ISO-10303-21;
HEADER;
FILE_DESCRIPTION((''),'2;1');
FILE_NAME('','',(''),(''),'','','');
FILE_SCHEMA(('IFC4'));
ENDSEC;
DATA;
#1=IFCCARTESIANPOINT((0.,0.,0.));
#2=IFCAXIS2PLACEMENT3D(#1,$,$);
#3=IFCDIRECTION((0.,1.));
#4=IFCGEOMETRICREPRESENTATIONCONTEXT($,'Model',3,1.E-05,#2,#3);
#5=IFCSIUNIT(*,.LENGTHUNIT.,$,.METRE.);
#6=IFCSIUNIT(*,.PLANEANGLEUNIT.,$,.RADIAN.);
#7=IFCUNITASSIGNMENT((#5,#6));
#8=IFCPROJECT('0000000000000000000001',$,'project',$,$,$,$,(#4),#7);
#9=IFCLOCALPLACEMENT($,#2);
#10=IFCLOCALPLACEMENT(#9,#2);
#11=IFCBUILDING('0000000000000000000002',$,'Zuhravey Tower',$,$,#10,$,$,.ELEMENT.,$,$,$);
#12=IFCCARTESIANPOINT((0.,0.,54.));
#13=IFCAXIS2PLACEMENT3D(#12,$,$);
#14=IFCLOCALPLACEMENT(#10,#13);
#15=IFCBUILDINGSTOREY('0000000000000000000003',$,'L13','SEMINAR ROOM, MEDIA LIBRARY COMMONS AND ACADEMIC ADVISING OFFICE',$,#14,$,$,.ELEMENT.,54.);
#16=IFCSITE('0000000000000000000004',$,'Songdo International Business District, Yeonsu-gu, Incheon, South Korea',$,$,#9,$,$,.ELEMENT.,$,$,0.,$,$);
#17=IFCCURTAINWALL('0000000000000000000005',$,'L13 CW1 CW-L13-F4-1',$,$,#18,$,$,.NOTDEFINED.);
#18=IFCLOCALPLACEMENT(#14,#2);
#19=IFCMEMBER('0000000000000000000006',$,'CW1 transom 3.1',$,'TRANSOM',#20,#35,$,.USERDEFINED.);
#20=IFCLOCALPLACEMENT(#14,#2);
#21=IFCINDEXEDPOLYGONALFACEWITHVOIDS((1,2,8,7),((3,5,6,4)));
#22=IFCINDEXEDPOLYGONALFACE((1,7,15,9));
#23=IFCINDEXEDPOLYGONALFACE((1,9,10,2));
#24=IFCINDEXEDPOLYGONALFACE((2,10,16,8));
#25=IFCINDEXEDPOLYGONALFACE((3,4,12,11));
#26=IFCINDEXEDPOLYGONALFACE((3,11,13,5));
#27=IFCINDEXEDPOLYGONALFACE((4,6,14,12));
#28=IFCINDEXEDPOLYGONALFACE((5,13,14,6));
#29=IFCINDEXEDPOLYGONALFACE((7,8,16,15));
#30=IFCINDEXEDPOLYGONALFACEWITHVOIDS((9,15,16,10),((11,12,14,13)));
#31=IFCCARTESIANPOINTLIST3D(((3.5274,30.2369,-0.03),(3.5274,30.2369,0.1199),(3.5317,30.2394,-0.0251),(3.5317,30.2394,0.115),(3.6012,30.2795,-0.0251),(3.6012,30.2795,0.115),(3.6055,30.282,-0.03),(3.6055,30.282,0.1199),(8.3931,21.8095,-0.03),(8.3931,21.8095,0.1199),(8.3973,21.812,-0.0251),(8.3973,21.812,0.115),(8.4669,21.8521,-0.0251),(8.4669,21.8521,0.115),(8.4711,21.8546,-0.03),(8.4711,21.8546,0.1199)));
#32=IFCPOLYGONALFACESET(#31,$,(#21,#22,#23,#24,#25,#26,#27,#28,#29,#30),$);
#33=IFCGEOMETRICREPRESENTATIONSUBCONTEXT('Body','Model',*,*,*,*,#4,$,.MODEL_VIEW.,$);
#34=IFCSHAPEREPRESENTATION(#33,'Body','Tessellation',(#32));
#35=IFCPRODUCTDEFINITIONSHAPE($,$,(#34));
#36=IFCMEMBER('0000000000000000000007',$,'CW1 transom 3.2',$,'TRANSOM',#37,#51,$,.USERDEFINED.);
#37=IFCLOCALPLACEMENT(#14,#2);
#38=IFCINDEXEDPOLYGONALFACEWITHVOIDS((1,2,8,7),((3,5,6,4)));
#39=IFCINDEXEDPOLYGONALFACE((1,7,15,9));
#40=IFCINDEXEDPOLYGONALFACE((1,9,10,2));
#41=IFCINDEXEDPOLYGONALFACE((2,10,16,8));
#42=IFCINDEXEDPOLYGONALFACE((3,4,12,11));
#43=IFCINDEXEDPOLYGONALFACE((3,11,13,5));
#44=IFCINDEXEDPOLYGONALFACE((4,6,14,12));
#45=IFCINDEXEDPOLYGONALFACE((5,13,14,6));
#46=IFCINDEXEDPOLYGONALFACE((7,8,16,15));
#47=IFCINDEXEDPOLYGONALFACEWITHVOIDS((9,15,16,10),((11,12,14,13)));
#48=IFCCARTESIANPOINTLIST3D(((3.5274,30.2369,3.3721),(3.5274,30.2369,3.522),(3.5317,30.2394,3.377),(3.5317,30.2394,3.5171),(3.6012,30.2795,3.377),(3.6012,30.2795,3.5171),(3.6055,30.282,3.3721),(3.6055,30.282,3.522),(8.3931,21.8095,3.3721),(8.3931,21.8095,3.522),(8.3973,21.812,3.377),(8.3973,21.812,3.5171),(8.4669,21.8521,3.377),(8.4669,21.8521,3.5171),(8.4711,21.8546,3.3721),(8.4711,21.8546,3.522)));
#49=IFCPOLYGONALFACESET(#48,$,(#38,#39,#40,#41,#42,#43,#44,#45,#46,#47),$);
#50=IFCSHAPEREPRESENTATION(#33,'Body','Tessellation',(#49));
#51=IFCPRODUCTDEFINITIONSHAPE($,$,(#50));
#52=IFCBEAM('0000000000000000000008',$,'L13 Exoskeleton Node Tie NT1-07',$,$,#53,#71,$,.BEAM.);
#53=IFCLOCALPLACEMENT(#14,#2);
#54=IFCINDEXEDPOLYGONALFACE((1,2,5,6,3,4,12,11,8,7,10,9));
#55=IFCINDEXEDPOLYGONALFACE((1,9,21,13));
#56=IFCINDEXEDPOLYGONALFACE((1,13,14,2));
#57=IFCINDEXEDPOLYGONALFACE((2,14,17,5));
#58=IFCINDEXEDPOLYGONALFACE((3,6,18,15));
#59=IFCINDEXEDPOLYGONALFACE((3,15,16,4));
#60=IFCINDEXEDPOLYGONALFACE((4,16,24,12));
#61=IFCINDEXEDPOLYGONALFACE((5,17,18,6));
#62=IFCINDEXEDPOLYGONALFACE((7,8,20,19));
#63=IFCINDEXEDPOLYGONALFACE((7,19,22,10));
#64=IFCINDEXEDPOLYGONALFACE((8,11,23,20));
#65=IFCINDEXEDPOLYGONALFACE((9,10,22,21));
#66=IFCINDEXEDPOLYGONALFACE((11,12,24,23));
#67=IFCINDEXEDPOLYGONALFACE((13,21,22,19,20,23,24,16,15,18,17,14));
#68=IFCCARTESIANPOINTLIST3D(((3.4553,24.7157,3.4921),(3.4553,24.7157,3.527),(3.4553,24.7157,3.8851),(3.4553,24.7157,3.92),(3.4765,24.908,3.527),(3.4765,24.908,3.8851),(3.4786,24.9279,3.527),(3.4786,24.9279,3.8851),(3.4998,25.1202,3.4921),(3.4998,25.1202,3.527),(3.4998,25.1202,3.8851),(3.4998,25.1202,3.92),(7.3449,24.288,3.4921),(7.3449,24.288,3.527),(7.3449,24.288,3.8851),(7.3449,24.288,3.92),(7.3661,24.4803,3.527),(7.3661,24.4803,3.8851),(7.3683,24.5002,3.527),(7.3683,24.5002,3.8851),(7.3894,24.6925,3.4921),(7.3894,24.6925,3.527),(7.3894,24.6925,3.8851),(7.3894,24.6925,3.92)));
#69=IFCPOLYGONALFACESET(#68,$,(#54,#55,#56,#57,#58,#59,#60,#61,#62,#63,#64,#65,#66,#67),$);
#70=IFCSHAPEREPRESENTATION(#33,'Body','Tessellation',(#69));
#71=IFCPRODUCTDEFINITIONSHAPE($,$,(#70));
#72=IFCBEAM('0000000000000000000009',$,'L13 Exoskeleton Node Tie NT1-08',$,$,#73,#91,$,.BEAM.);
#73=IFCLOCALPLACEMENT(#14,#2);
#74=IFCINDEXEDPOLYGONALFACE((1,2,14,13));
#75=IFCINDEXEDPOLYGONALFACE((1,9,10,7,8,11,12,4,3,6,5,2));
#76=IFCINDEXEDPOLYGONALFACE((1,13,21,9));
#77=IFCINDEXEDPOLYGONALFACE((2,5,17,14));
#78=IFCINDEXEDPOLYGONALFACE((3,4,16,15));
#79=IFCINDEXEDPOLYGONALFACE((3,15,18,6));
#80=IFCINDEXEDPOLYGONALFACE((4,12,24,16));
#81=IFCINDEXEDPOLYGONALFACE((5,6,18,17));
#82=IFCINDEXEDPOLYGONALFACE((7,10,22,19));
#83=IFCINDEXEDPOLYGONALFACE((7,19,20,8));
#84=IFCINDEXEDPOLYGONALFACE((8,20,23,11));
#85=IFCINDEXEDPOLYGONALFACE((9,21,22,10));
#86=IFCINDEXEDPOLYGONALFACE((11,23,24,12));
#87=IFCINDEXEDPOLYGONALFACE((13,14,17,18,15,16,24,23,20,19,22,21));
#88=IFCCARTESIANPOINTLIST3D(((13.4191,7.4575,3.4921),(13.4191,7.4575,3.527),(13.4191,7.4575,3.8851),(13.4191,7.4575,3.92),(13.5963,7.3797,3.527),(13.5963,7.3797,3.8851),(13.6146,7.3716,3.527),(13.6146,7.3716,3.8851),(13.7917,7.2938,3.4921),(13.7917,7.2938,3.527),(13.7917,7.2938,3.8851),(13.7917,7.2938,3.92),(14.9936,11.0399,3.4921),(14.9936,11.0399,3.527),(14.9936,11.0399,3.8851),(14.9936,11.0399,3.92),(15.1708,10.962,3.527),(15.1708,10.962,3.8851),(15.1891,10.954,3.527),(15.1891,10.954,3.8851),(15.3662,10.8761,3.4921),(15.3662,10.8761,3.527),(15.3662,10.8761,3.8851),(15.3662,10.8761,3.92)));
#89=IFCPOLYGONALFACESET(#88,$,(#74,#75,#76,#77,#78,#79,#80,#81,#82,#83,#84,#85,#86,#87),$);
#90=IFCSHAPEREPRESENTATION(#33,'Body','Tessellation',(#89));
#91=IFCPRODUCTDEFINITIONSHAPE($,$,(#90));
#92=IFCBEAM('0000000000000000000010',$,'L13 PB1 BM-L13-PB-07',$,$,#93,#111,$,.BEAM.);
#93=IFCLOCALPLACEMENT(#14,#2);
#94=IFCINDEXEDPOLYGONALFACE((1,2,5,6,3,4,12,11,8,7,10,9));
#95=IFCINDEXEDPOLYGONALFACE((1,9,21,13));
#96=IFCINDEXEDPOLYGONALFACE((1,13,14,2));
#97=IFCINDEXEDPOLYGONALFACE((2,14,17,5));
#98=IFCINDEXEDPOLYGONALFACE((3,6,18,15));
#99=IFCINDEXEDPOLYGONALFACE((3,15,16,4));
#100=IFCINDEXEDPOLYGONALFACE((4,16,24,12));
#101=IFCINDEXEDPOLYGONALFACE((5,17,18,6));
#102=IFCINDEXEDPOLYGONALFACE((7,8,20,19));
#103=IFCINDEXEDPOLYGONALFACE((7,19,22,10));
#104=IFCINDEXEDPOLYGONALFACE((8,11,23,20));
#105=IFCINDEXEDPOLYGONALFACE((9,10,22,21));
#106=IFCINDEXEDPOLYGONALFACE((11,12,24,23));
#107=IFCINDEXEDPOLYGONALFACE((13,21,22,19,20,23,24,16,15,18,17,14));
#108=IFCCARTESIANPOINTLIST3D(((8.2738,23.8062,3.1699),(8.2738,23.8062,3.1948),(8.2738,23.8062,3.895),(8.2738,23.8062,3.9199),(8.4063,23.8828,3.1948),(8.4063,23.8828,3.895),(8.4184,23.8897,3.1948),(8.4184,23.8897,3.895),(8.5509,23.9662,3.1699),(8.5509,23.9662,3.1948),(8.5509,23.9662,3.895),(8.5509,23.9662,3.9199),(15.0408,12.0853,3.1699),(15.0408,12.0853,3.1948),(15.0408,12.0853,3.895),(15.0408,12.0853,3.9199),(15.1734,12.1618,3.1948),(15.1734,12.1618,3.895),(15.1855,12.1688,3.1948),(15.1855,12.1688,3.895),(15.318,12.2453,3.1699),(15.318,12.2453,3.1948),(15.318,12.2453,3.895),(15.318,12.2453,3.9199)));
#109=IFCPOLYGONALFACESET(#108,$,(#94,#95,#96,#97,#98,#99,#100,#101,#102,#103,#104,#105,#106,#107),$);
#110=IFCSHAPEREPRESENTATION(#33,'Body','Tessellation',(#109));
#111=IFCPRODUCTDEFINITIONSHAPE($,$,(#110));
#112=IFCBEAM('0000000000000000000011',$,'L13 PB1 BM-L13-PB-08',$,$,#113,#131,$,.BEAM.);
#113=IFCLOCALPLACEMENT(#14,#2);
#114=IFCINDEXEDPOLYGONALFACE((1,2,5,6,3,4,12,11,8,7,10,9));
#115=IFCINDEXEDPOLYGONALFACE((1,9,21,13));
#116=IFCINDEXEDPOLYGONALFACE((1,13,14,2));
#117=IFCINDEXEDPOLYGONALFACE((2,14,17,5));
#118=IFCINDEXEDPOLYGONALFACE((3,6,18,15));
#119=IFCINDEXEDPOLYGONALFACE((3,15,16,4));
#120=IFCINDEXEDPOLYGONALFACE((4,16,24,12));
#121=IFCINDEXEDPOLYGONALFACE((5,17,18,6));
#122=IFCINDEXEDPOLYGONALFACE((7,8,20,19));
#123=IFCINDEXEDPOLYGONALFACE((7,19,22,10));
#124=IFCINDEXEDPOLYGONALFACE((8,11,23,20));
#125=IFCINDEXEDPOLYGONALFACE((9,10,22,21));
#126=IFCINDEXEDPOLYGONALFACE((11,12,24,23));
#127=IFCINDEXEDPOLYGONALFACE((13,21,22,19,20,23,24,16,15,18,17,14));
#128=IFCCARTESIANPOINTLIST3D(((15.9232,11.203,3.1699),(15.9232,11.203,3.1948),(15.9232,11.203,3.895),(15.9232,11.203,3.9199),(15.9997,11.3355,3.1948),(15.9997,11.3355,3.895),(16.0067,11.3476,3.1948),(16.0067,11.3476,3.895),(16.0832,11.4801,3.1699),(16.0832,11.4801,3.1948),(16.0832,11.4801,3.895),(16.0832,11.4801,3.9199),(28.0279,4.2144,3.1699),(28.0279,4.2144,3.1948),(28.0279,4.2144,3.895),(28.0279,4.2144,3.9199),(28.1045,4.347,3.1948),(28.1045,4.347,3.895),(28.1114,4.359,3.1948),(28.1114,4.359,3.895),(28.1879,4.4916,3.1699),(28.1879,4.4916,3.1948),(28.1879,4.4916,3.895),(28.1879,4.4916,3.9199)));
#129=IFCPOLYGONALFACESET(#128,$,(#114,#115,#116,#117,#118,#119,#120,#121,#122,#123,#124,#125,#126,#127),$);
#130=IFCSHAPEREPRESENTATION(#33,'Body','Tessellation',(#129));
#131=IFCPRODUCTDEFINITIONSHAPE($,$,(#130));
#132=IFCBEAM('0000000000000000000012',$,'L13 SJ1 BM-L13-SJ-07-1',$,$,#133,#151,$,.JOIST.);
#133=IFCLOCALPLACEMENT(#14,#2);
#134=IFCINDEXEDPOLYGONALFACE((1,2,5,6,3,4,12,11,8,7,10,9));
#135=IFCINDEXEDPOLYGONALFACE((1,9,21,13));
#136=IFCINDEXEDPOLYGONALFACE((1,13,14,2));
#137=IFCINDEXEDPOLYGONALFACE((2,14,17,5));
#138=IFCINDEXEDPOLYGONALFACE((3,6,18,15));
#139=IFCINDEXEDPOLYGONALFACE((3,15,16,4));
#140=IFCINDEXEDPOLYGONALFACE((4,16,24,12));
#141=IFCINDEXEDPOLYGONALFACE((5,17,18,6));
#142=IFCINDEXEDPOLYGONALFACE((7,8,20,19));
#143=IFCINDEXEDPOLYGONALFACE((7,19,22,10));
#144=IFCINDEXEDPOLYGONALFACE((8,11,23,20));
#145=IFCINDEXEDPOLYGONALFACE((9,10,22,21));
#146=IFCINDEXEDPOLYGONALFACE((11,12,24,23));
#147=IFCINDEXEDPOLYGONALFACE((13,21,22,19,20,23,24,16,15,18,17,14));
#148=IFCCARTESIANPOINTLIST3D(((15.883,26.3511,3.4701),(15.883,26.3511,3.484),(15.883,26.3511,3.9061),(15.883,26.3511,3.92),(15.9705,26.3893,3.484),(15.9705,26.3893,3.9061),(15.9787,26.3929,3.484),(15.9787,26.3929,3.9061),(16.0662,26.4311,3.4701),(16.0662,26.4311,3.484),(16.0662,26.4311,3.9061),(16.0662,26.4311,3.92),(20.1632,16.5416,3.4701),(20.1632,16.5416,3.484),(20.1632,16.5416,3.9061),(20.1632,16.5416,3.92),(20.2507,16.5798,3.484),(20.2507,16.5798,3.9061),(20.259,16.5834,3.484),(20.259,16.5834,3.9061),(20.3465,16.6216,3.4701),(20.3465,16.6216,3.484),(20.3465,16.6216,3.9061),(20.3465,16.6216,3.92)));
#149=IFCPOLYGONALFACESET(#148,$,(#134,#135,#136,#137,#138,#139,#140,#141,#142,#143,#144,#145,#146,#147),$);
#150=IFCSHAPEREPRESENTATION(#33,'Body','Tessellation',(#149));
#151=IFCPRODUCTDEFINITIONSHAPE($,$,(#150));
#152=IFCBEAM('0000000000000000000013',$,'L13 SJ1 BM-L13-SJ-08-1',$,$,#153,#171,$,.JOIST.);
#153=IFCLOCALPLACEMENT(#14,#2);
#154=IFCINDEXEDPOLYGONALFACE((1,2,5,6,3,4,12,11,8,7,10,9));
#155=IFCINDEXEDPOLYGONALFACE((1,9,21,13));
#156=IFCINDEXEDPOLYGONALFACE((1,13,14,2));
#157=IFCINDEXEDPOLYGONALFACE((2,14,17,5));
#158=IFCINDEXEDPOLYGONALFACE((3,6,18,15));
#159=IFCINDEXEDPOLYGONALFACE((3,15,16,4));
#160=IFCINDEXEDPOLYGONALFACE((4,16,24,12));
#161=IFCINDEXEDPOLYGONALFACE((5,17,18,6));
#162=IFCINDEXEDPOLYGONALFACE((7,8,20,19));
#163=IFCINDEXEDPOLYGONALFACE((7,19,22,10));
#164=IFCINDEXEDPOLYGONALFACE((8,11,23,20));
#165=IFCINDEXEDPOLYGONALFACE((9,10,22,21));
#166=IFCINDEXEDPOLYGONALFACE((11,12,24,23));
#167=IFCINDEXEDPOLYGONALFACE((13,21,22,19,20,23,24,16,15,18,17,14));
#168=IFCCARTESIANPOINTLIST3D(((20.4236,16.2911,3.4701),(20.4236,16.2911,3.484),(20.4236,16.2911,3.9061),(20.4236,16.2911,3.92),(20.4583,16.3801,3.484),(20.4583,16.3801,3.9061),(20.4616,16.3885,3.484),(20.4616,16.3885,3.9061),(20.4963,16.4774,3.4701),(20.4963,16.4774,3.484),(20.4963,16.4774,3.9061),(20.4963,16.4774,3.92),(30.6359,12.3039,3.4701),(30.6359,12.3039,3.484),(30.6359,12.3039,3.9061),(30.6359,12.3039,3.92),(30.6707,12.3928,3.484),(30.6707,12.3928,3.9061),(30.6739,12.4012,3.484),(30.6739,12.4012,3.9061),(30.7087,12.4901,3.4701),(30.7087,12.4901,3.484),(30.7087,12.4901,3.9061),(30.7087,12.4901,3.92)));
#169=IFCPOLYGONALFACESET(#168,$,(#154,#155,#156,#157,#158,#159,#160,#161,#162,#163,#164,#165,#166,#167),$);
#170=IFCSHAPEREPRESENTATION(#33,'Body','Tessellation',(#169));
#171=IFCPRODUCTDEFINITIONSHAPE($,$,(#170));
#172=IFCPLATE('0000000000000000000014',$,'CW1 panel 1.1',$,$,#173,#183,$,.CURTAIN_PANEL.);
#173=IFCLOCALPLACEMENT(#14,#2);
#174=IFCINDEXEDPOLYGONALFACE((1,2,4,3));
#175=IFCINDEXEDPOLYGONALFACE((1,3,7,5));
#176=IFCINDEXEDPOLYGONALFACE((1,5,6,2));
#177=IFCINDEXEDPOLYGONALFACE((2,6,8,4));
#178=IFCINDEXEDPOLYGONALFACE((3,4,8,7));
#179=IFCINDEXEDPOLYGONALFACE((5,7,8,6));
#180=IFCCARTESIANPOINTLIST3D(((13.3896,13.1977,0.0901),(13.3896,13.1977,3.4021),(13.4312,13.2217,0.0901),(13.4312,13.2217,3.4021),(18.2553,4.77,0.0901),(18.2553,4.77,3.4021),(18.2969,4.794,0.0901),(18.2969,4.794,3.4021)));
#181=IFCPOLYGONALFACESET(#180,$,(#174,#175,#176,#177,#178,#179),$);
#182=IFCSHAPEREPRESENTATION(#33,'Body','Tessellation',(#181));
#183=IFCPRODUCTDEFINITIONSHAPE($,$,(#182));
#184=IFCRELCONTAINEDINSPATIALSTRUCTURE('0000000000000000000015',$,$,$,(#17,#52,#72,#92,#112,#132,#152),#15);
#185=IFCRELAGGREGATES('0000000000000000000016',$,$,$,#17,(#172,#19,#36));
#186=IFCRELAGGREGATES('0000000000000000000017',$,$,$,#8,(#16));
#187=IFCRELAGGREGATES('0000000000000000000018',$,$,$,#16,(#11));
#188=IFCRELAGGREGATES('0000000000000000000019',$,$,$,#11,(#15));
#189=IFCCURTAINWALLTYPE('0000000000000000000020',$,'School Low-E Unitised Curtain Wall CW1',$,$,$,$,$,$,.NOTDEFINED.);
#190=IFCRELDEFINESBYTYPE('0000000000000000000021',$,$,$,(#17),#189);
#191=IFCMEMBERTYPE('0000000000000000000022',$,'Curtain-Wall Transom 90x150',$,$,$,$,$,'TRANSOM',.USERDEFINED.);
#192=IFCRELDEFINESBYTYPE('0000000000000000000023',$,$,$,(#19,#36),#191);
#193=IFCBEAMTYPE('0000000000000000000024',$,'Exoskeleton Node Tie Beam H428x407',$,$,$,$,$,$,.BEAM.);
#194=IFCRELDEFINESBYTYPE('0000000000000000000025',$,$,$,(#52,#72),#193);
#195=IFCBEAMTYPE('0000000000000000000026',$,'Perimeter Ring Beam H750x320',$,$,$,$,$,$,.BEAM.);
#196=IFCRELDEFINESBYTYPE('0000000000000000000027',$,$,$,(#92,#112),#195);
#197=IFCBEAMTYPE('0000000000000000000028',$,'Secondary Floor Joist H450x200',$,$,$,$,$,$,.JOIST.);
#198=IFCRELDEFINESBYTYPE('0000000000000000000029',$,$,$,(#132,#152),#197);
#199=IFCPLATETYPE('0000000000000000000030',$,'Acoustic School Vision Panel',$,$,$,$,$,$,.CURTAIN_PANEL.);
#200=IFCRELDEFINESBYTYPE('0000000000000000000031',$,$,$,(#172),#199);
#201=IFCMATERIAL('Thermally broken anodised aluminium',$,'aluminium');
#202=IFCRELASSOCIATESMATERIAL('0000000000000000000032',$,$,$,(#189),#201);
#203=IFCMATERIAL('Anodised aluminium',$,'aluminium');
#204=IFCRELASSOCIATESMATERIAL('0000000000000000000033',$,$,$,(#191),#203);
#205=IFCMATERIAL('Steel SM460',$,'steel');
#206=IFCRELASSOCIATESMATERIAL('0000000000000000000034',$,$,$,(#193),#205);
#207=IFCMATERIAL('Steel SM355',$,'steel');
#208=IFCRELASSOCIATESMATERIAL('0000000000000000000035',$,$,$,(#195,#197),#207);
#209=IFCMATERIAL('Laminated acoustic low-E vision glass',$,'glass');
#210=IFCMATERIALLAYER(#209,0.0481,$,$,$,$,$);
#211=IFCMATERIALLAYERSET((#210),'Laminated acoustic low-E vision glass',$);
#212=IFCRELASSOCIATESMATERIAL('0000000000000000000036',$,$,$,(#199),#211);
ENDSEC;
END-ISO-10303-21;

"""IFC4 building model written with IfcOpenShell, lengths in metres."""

from ifc_helpers import new_model, si_unit, direction, frame, origin, origin_2d, place, context, subcontext, project, spatial, rectangle, hollow_rectangle, i_section, extrude, material, layer, layer_set, material_profile, profile_set, type_object, element, aggregate, save


model = new_model("IFC4")

# Units and contexts
model_context = context("Model", 3, precision=1e-05, world=origin(), true_north=direction((0.0, 1.0)))
body_context = subcontext(model_context, "Body", "Model", "MODEL_VIEW")
ifc_project = project(units=[si_unit("LENGTHUNIT", "METRE"), si_unit("PLANEANGLEUNIT", "RADIAN")], contexts=[model_context])

# Site, building, storey
site_placement = place(None, origin())
site = spatial("IfcSite", under=ifc_project, at=site_placement, Name="Songdo International Business District, Yeonsu-gu, Incheon, South Korea", CompositionType="ELEMENT", RefElevation=0.0)
building_placement = place(site_placement, origin())
building = spatial("IfcBuilding", under=site, at=building_placement, Name="Zuhravey Tower", CompositionType="ELEMENT")
storey_placement = place(building_placement, frame((0.0, 0.0, 54.0)))
storey = spatial("IfcBuildingStorey", under=building, at=storey_placement, Name="L13", Description="SEMINAR ROOM, MEDIA LIBRARY COMMONS AND ACADEMIC ADVISING OFFICE", CompositionType="ELEMENT", Elevation=54.0)

# Shared definitions
ifc_material_1 = material(Name="Thermally broken anodised aluminium", Category="aluminium")
curtain_wall_type = type_object("IfcCurtainWallType", Name="School Low-E Unitised Curtain Wall CW1", PredefinedType="NOTDEFINED", material=ifc_material_1)
ifc_material_2 = material(Name="Anodised aluminium", Category="aluminium")

# Curtain wall, members
curtain_wall_1_placement = place(storey_placement, origin())
curtain_wall_1 = element("IfcCurtainWall", 1, at=curtain_wall_1_placement, inside=storey, type_object=curtain_wall_type, Name="L13 CW1 CW-L13-F4-1", PredefinedType="NOTDEFINED")
ifc_material_profile_1 = material_profile(ifc_material_2, hollow_rectangle(XDim=0.0901, YDim=0.1499, WallThickness=0.0049, at=origin_2d()), Name="ALU-RHS-90x150x5")
ifc_profile_set_1 = profile_set([ifc_material_profile_1], Name="Anodised aluminium")
member_type_1 = type_object("IfcMemberType", Name="Curtain-Wall Transom 90x150", ElementType="TRANSOM", PredefinedType="USERDEFINED", material=ifc_profile_set_1)
member_1_placement = place(storey_placement, frame((8.4321, 21.832, 0.0449), z_axis=(-0.500008, 0.866021, 0.0), x_axis=(-0.866021, -0.500008, 0.0)))
member_1 = element("IfcMember", 2, at=member_1_placement, type_object=member_type_1, Name="CW1 transom 3.1", ObjectType="TRANSOM", PredefinedType="USERDEFINED", context=body_context, shape_type="SweptSolid", body=[
    extrude(hollow_rectangle(XDim=0.0901, YDim=0.1499, WallThickness=0.0049, at=origin_2d()), origin(), (0.0, 0.0, 1.0), 9.7312),
])
member_2_placement = place(storey_placement, frame((8.4321, 21.832, 3.447), z_axis=(-0.500008, 0.866021, 0.0), x_axis=(-0.866021, -0.500008, 0.0)))
member_2 = element("IfcMember", 3, at=member_2_placement, type_object=member_type_1, Name="CW1 transom 3.2", ObjectType="TRANSOM", PredefinedType="USERDEFINED", context=body_context, shape_type="SweptSolid", body=[
    extrude(hollow_rectangle(XDim=0.0901, YDim=0.1499, WallThickness=0.0049, at=origin_2d()), origin(), (0.0, 0.0, 1.0), 9.7312),
])

# Beams
ifc_material_3 = material(Name="Steel SM460", Category="steel")
ifc_material_profile_2 = material_profile(ifc_material_3, i_section(OverallWidth=0.407, OverallDepth=0.428, WebThickness=0.02, FlangeThickness=0.0349, at=origin_2d()), Name="H-428x407x20x35")
ifc_profile_set_2 = profile_set([ifc_material_profile_2], Name="Steel SM460")
beam_type_1 = type_object("IfcBeamType", Name="Exoskeleton Node Tie Beam H428x407", PredefinedType="BEAM", material=ifc_profile_set_2)
for number, where, z_axis, x_axis, name in (
    (4, (7.3672, 24.4902, 3.7061), (-0.994008, 0.109308, 0.0), (-0.109308, -0.994008, 0.0), "L13 Exoskeleton Node Tie NT1-07"),
    (5, (15.1799, 10.958, 3.7061), (-0.402366, -0.915479, 0.0), (0.915479, -0.402366, 0.0), "L13 Exoskeleton Node Tie NT1-08"),
):
    element("IfcBeam", number, at=place(storey_placement, frame(where, z_axis=z_axis, x_axis=x_axis)), inside=storey, type_object=beam_type_1, Name=name, PredefinedType="BEAM", context=body_context, shape_type="SweptSolid", body=[
        extrude(i_section(OverallWidth=0.407, OverallDepth=0.428, WebThickness=0.02, FlangeThickness=0.0349, at=origin_2d()), origin(), (0.0, 0.0, 1.0), 3.9131),
    ])
ifc_material_4 = material(Name="Steel SM355", Category="steel")
ifc_material_profile_3 = material_profile(ifc_material_4, i_section(OverallWidth=0.3201, OverallDepth=0.75, WebThickness=0.0139, FlangeThickness=0.0249, at=origin_2d()), Name="H-750x320x14x25")
ifc_profile_set_3 = profile_set([ifc_material_profile_3], Name="Steel SM355")
beam_type_2 = type_object("IfcBeamType", Name="Perimeter Ring Beam H750x320", PredefinedType="BEAM", material=ifc_profile_set_3)
beam_1_placement = place(storey_placement, frame((8.4124, 23.8862, 3.5449), z_axis=(0.5, -0.866025, 0.0), x_axis=(0.866025, 0.5, 0.0)))
element("IfcBeam", 6, at=beam_1_placement, inside=storey, type_object=beam_type_2, Name="L13 PB1 BM-L13-PB-07", PredefinedType="BEAM", context=body_context, shape_type="SweptSolid", body=[
    extrude(i_section(OverallWidth=0.3201, OverallDepth=0.75, WebThickness=0.0139, FlangeThickness=0.0249, at=origin_2d()), origin(), (0.0, 0.0, 1.0), 13.5342),
])
beam_2_placement = place(storey_placement, frame((16.0032, 11.3416, 3.5449), z_axis=(0.86603, -0.499992, 0.0), x_axis=(0.499992, 0.86603, 0.0)))
element("IfcBeam", 7, at=beam_2_placement, inside=storey, type_object=beam_type_2, Name="L13 PB1 BM-L13-PB-08", PredefinedType="BEAM", context=body_context, shape_type="SweptSolid", body=[
    extrude(i_section(OverallWidth=0.3201, OverallDepth=0.75, WebThickness=0.0139, FlangeThickness=0.0249, at=origin_2d()), origin(), (0.0, 0.0, 1.0), 13.9773),
])
ifc_material_profile_4 = material_profile(ifc_material_4, i_section(OverallWidth=0.2, OverallDepth=0.45, WebThickness=0.009, FlangeThickness=0.0139, at=origin_2d()), Name="H-450x200x9x14")
ifc_profile_set_4 = profile_set([ifc_material_profile_4], Name="Steel SM355")
beam_type_3 = type_object("IfcBeamType", Name="Secondary Floor Joist H450x200", PredefinedType="JOIST", material=ifc_profile_set_4)
beam_3_placement = place(storey_placement, frame((15.9746, 26.3911, 3.6951), z_axis=(0.399924, -0.916549, 0.0), x_axis=(0.916549, 0.399924, 0.0)))
element("IfcBeam", 8, at=beam_3_placement, inside=storey, type_object=beam_type_3, Name="L13 SJ1 BM-L13-SJ-07-1", PredefinedType="JOIST", context=body_context, shape_type="SweptSolid", body=[
    extrude(i_section(OverallWidth=0.2, OverallDepth=0.45, WebThickness=0.009, FlangeThickness=0.0139, at=origin_2d()), origin(), (0.0, 0.0, 1.0), 10.7026),
])
beam_4_placement = place(storey_placement, frame((20.46, 16.3843, 3.6951), z_axis=(0.931517, -0.363699, 0.0), x_axis=(0.363699, 0.931517, 0.0)))
element("IfcBeam", 9, at=beam_4_placement, inside=storey, type_object=beam_type_3, Name="L13 SJ1 BM-L13-SJ-08-1", PredefinedType="JOIST", context=body_context, shape_type="SweptSolid", body=[
    extrude(i_section(OverallWidth=0.2, OverallDepth=0.45, WebThickness=0.009, FlangeThickness=0.0139, at=origin_2d()), origin(), (0.0, 0.0, 1.0), 10.9631),
])

# Plate
ifc_material_5 = material(Name="Laminated acoustic low-E vision glass", Category="glass")
ifc_layer_1 = layer(ifc_material_5, 0.0481)
ifc_layer_set_1 = layer_set([ifc_layer_1], Name="Laminated acoustic low-E vision glass")
plate_type = type_object("IfcPlateType", Name="Acoustic School Vision Panel", PredefinedType="CURTAIN_PANEL", material=ifc_layer_set_1)
plate_1_placement = place(storey_placement, frame((15.8433, 8.9958, 0.0901), z_axis=(0.0, 0.0, 1.0), x_axis=(-0.5, 0.866026, 0.0)))
plate_1 = element("IfcPlate", 10, at=plate_1_placement, type_object=plate_type, Name="CW1 panel 1.1", PredefinedType="CURTAIN_PANEL", context=body_context, shape_type="SweptSolid", body=[
    extrude(rectangle(XDim=9.7314, YDim=0.0481, at=origin_2d()), origin(), (0.0, 0.0, 1.0), 3.312),
])
aggregate(curtain_wall_1, [plate_1, member_1, member_2])

save(model, "model.ifc")
